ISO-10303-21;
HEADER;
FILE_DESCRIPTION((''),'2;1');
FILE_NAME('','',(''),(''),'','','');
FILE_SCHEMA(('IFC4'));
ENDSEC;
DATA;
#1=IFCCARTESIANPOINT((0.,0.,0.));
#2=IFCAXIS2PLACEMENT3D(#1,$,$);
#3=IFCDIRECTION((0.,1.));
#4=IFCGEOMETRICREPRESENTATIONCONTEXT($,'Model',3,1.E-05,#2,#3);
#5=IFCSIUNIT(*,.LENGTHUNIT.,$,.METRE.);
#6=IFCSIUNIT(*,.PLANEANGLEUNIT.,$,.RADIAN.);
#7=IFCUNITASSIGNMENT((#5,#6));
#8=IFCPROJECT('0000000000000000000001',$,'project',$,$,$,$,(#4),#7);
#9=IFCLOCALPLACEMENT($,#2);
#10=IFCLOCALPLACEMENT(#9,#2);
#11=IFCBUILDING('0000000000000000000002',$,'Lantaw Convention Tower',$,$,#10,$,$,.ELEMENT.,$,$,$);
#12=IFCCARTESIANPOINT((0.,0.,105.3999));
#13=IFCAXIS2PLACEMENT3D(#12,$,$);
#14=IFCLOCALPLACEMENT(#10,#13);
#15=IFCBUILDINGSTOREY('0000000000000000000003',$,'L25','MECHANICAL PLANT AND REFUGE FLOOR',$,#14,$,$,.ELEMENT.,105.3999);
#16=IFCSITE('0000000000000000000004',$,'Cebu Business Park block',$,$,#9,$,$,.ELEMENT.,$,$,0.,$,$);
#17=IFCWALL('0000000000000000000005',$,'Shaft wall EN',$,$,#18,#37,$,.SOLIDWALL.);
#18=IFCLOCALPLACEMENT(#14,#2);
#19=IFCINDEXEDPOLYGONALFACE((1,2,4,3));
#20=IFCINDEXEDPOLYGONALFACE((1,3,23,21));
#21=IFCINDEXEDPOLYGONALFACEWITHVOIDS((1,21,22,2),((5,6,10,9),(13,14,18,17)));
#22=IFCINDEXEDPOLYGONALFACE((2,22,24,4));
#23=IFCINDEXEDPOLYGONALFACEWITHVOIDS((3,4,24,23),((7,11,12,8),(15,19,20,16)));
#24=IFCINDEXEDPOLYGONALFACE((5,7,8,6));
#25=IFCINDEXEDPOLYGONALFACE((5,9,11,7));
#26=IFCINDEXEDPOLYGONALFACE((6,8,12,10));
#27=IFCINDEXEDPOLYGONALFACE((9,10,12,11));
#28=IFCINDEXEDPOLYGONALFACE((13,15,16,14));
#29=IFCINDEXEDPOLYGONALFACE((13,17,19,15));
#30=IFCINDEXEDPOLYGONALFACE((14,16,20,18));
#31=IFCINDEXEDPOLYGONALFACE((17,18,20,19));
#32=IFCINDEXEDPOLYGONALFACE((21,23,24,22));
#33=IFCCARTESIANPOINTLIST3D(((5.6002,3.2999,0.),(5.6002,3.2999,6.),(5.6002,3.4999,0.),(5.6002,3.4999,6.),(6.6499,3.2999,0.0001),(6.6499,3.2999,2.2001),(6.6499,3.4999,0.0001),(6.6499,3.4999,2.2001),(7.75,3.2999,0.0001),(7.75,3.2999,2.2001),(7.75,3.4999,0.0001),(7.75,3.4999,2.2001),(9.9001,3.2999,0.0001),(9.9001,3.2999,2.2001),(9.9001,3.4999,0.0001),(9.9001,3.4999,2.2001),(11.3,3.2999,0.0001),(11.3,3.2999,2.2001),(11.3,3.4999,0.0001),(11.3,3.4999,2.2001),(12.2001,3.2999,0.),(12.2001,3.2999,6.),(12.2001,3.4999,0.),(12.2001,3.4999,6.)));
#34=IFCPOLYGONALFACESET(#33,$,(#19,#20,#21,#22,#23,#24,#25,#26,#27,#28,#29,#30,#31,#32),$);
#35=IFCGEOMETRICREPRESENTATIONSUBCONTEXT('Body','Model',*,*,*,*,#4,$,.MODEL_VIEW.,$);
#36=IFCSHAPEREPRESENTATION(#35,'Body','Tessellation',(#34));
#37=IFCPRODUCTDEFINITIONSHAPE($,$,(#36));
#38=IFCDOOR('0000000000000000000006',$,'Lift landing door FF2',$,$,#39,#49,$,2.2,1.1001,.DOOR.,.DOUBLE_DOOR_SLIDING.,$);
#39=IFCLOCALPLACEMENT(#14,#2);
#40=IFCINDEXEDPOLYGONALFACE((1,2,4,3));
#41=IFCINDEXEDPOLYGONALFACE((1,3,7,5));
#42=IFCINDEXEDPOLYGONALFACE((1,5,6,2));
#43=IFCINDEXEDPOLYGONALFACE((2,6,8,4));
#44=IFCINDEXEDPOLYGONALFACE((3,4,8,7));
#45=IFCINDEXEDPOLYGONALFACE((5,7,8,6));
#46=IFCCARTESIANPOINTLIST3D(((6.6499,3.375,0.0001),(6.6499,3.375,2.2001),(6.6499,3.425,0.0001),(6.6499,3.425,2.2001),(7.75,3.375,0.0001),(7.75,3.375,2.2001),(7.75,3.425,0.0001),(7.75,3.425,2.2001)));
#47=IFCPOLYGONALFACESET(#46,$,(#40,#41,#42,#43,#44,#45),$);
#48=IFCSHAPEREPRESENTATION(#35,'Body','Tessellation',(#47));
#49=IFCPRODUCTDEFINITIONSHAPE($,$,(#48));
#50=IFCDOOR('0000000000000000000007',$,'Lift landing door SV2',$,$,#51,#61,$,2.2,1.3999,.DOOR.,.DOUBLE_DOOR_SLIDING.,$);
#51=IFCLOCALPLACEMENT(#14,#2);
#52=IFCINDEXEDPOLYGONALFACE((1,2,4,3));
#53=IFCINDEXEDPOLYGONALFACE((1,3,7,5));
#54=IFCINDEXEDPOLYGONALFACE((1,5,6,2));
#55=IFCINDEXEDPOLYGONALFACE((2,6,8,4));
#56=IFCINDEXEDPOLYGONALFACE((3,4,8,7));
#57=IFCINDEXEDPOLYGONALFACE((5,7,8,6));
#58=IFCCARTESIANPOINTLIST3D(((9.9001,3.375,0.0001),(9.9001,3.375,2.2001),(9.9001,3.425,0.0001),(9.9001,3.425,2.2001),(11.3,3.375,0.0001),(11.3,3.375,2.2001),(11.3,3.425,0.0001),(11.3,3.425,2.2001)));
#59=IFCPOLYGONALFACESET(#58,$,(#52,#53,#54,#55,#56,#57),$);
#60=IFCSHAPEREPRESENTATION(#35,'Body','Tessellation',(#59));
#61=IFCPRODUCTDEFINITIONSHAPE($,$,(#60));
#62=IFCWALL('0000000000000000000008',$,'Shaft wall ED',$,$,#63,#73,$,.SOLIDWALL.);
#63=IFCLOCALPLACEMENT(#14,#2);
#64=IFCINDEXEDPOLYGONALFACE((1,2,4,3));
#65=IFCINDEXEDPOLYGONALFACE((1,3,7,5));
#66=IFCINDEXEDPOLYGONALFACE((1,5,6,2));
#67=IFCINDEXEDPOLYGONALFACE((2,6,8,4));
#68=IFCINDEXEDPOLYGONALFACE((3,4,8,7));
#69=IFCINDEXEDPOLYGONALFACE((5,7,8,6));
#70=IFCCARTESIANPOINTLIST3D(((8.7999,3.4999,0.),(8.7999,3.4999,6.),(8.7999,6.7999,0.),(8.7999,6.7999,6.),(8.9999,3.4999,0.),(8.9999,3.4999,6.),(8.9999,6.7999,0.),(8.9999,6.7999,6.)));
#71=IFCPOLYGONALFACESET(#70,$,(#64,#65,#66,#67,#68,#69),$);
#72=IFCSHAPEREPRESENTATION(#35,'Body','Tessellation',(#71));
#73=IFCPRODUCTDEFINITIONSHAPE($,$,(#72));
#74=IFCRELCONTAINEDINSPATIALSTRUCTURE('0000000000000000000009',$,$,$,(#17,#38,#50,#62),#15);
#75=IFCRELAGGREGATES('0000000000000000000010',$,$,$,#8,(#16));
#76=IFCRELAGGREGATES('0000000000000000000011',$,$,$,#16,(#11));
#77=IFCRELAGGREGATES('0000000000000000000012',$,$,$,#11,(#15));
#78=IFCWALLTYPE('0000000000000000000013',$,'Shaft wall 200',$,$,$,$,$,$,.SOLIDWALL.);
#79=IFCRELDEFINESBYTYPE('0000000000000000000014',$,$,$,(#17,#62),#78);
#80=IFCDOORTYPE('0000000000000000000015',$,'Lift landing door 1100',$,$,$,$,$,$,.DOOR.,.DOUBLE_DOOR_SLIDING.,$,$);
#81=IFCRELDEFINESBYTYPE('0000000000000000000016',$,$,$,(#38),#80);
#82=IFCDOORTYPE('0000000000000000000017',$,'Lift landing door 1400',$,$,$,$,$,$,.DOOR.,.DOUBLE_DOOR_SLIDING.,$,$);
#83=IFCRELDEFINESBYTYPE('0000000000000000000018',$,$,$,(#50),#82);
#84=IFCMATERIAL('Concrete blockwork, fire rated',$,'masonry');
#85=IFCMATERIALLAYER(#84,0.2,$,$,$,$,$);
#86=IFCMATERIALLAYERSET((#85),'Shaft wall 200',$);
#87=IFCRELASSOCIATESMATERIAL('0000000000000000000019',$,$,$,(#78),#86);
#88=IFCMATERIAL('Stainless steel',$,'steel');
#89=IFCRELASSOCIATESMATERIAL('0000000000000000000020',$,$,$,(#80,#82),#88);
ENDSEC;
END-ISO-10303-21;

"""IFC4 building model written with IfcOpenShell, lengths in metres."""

from ifc_helpers import new_model, si_unit, direction, frame, frame_2d, origin, place, context, subcontext, project, spatial, rectangle, extrude, material, layer, layer_set, type_object, element, fill, save


model = new_model("IFC4")

# Units and contexts
model_context = context("Model", 3, precision=1e-05, world=origin(), true_north=direction((0.0, 1.0)))
body_context = subcontext(model_context, "Body", "Model", "MODEL_VIEW")
ifc_project = project(units=[si_unit("LENGTHUNIT", "METRE"), si_unit("PLANEANGLEUNIT", "RADIAN")], contexts=[model_context])

# Site, building, storey
site_placement = place(None, origin())
site = spatial("IfcSite", under=ifc_project, at=site_placement, Name="Cebu Business Park block", CompositionType="ELEMENT", RefElevation=0.0)
building_placement = place(site_placement, origin())
building = spatial("IfcBuilding", under=site, at=building_placement, Name="Lantaw Convention Tower", CompositionType="ELEMENT")
storey_placement = place(building_placement, frame((0.0, 0.0, 105.3999)))
storey = spatial("IfcBuildingStorey", under=building, at=storey_placement, Name="L25", Description="MECHANICAL PLANT AND REFUGE FLOOR", CompositionType="ELEMENT", Elevation=105.3999)

# Shared definitions
ifc_material_1 = material(Name="Concrete blockwork, fire rated", Category="masonry")

# Shared definitions
ifc_layer_1 = layer(ifc_material_1, 0.2)
ifc_layer_set_1 = layer_set([ifc_layer_1], Name="Shaft wall 200")
wall_type_1 = type_object("IfcWallType", Name="Shaft wall 200", PredefinedType="SOLIDWALL", material=ifc_layer_set_1)

# Wall, openings, doors
wall_1_placement = place(storey_placement, frame((12.2, 3.3999, 0.0), z_axis=(0.0, 0.0, 1.0), x_axis=(-1.0, 0.0, 0.0)))
wall_1 = element("IfcWall", 1, at=wall_1_placement, inside=storey, type_object=wall_type_1, Name="Shaft wall EN", PredefinedType="SOLIDWALL", context=body_context, shape_type="SweptSolid", body=[
    extrude(rectangle(XDim=6.5999, YDim=0.2, at=frame_2d((3.2998, 0.0))), origin(), (0.0, 0.0, 1.0), 6.0),
])
opening_1_placement = place(wall_1_placement, frame((4.45, 0.0, 0.0)))
opening_1 = element("IfcOpeningElement", 2, at=opening_1_placement, cuts=wall_1, PredefinedType="OPENING", context=body_context, shape_type="SweptSolid", body=[
    extrude(rectangle(XDim=1.1001, YDim=2.2, at=frame_2d((0.55, 1.1001))), frame((0.0, 0.1099, 0.0), z_axis=(0.0, -1.0, 0.0), x_axis=(1.0, 0.0, 0.0)), (0.0, 0.0, 1.0), 0.22),
])
opening_2_placement = place(wall_1_placement, frame((0.8999, 0.0, 0.0)))
opening_2 = element("IfcOpeningElement", 3, at=opening_2_placement, cuts=wall_1, PredefinedType="OPENING", context=body_context, shape_type="SweptSolid", body=[
    extrude(rectangle(XDim=1.3999, YDim=2.2, at=frame_2d((0.7, 1.1001))), frame((0.0, 0.1099, 0.0), z_axis=(0.0, -1.0, 0.0), x_axis=(1.0, 0.0, 0.0)), (0.0, 0.0, 1.0), 0.22),
])
ifc_material_2 = material(Name="Stainless steel", Category="steel")
door_type_1 = type_object("IfcDoorType", Name="Lift landing door 1100", OperationType="DOUBLE_DOOR_SLIDING", PredefinedType="DOOR", material=ifc_material_2)
door_1_placement = place(opening_1_placement, origin())
door_1 = element("IfcDoor", 4, at=door_1_placement, inside=storey, type_object=door_type_1, Name="Lift landing door FF2", OperationType="DOUBLE_DOOR_SLIDING", OverallHeight=2.2, OverallWidth=1.1001, PredefinedType="DOOR", context=body_context, shape_type="SweptSolid", body=[
    extrude(rectangle(XDim=1.1001, YDim=2.2, at=frame_2d((0.55, 1.1001))), frame((0.0, 0.0249, 0.0), z_axis=(0.0, -1.0, 0.0), x_axis=(1.0, 0.0, 0.0)), (0.0, 0.0, 1.0), 0.05),
])
fill(opening_1, door_1)
door_type_2 = type_object("IfcDoorType", Name="Lift landing door 1400", OperationType="DOUBLE_DOOR_SLIDING", PredefinedType="DOOR", material=ifc_material_2)
door_2_placement = place(opening_2_placement, origin())
door_2 = element("IfcDoor", 5, at=door_2_placement, inside=storey, type_object=door_type_2, Name="Lift landing door SV2", OperationType="DOUBLE_DOOR_SLIDING", OverallHeight=2.2, OverallWidth=1.3999, PredefinedType="DOOR", context=body_context, shape_type="SweptSolid", body=[
    extrude(rectangle(XDim=1.3999, YDim=2.2, at=frame_2d((0.7, 1.1001))), frame((0.0, 0.0249, 0.0), z_axis=(0.0, -1.0, 0.0), x_axis=(1.0, 0.0, 0.0)), (0.0, 0.0, 1.0), 0.05),
])
fill(opening_2, door_2)

# Wall
wall_2_placement = place(storey_placement, frame((8.8999, 3.5, 0.0), z_axis=(0.0, 0.0, 1.0), x_axis=(0.0, 1.0, 0.0)))
element("IfcWall", 6, at=wall_2_placement, inside=storey, type_object=wall_type_1, Name="Shaft wall ED", PredefinedType="SOLIDWALL", context=body_context, shape_type="SweptSolid", body=[
    extrude(rectangle(XDim=3.3, YDim=0.2, at=frame_2d((1.6499, 0.0))), origin(), (0.0, 0.0, 1.0), 6.0),
])

save(model, "model.ifc")
